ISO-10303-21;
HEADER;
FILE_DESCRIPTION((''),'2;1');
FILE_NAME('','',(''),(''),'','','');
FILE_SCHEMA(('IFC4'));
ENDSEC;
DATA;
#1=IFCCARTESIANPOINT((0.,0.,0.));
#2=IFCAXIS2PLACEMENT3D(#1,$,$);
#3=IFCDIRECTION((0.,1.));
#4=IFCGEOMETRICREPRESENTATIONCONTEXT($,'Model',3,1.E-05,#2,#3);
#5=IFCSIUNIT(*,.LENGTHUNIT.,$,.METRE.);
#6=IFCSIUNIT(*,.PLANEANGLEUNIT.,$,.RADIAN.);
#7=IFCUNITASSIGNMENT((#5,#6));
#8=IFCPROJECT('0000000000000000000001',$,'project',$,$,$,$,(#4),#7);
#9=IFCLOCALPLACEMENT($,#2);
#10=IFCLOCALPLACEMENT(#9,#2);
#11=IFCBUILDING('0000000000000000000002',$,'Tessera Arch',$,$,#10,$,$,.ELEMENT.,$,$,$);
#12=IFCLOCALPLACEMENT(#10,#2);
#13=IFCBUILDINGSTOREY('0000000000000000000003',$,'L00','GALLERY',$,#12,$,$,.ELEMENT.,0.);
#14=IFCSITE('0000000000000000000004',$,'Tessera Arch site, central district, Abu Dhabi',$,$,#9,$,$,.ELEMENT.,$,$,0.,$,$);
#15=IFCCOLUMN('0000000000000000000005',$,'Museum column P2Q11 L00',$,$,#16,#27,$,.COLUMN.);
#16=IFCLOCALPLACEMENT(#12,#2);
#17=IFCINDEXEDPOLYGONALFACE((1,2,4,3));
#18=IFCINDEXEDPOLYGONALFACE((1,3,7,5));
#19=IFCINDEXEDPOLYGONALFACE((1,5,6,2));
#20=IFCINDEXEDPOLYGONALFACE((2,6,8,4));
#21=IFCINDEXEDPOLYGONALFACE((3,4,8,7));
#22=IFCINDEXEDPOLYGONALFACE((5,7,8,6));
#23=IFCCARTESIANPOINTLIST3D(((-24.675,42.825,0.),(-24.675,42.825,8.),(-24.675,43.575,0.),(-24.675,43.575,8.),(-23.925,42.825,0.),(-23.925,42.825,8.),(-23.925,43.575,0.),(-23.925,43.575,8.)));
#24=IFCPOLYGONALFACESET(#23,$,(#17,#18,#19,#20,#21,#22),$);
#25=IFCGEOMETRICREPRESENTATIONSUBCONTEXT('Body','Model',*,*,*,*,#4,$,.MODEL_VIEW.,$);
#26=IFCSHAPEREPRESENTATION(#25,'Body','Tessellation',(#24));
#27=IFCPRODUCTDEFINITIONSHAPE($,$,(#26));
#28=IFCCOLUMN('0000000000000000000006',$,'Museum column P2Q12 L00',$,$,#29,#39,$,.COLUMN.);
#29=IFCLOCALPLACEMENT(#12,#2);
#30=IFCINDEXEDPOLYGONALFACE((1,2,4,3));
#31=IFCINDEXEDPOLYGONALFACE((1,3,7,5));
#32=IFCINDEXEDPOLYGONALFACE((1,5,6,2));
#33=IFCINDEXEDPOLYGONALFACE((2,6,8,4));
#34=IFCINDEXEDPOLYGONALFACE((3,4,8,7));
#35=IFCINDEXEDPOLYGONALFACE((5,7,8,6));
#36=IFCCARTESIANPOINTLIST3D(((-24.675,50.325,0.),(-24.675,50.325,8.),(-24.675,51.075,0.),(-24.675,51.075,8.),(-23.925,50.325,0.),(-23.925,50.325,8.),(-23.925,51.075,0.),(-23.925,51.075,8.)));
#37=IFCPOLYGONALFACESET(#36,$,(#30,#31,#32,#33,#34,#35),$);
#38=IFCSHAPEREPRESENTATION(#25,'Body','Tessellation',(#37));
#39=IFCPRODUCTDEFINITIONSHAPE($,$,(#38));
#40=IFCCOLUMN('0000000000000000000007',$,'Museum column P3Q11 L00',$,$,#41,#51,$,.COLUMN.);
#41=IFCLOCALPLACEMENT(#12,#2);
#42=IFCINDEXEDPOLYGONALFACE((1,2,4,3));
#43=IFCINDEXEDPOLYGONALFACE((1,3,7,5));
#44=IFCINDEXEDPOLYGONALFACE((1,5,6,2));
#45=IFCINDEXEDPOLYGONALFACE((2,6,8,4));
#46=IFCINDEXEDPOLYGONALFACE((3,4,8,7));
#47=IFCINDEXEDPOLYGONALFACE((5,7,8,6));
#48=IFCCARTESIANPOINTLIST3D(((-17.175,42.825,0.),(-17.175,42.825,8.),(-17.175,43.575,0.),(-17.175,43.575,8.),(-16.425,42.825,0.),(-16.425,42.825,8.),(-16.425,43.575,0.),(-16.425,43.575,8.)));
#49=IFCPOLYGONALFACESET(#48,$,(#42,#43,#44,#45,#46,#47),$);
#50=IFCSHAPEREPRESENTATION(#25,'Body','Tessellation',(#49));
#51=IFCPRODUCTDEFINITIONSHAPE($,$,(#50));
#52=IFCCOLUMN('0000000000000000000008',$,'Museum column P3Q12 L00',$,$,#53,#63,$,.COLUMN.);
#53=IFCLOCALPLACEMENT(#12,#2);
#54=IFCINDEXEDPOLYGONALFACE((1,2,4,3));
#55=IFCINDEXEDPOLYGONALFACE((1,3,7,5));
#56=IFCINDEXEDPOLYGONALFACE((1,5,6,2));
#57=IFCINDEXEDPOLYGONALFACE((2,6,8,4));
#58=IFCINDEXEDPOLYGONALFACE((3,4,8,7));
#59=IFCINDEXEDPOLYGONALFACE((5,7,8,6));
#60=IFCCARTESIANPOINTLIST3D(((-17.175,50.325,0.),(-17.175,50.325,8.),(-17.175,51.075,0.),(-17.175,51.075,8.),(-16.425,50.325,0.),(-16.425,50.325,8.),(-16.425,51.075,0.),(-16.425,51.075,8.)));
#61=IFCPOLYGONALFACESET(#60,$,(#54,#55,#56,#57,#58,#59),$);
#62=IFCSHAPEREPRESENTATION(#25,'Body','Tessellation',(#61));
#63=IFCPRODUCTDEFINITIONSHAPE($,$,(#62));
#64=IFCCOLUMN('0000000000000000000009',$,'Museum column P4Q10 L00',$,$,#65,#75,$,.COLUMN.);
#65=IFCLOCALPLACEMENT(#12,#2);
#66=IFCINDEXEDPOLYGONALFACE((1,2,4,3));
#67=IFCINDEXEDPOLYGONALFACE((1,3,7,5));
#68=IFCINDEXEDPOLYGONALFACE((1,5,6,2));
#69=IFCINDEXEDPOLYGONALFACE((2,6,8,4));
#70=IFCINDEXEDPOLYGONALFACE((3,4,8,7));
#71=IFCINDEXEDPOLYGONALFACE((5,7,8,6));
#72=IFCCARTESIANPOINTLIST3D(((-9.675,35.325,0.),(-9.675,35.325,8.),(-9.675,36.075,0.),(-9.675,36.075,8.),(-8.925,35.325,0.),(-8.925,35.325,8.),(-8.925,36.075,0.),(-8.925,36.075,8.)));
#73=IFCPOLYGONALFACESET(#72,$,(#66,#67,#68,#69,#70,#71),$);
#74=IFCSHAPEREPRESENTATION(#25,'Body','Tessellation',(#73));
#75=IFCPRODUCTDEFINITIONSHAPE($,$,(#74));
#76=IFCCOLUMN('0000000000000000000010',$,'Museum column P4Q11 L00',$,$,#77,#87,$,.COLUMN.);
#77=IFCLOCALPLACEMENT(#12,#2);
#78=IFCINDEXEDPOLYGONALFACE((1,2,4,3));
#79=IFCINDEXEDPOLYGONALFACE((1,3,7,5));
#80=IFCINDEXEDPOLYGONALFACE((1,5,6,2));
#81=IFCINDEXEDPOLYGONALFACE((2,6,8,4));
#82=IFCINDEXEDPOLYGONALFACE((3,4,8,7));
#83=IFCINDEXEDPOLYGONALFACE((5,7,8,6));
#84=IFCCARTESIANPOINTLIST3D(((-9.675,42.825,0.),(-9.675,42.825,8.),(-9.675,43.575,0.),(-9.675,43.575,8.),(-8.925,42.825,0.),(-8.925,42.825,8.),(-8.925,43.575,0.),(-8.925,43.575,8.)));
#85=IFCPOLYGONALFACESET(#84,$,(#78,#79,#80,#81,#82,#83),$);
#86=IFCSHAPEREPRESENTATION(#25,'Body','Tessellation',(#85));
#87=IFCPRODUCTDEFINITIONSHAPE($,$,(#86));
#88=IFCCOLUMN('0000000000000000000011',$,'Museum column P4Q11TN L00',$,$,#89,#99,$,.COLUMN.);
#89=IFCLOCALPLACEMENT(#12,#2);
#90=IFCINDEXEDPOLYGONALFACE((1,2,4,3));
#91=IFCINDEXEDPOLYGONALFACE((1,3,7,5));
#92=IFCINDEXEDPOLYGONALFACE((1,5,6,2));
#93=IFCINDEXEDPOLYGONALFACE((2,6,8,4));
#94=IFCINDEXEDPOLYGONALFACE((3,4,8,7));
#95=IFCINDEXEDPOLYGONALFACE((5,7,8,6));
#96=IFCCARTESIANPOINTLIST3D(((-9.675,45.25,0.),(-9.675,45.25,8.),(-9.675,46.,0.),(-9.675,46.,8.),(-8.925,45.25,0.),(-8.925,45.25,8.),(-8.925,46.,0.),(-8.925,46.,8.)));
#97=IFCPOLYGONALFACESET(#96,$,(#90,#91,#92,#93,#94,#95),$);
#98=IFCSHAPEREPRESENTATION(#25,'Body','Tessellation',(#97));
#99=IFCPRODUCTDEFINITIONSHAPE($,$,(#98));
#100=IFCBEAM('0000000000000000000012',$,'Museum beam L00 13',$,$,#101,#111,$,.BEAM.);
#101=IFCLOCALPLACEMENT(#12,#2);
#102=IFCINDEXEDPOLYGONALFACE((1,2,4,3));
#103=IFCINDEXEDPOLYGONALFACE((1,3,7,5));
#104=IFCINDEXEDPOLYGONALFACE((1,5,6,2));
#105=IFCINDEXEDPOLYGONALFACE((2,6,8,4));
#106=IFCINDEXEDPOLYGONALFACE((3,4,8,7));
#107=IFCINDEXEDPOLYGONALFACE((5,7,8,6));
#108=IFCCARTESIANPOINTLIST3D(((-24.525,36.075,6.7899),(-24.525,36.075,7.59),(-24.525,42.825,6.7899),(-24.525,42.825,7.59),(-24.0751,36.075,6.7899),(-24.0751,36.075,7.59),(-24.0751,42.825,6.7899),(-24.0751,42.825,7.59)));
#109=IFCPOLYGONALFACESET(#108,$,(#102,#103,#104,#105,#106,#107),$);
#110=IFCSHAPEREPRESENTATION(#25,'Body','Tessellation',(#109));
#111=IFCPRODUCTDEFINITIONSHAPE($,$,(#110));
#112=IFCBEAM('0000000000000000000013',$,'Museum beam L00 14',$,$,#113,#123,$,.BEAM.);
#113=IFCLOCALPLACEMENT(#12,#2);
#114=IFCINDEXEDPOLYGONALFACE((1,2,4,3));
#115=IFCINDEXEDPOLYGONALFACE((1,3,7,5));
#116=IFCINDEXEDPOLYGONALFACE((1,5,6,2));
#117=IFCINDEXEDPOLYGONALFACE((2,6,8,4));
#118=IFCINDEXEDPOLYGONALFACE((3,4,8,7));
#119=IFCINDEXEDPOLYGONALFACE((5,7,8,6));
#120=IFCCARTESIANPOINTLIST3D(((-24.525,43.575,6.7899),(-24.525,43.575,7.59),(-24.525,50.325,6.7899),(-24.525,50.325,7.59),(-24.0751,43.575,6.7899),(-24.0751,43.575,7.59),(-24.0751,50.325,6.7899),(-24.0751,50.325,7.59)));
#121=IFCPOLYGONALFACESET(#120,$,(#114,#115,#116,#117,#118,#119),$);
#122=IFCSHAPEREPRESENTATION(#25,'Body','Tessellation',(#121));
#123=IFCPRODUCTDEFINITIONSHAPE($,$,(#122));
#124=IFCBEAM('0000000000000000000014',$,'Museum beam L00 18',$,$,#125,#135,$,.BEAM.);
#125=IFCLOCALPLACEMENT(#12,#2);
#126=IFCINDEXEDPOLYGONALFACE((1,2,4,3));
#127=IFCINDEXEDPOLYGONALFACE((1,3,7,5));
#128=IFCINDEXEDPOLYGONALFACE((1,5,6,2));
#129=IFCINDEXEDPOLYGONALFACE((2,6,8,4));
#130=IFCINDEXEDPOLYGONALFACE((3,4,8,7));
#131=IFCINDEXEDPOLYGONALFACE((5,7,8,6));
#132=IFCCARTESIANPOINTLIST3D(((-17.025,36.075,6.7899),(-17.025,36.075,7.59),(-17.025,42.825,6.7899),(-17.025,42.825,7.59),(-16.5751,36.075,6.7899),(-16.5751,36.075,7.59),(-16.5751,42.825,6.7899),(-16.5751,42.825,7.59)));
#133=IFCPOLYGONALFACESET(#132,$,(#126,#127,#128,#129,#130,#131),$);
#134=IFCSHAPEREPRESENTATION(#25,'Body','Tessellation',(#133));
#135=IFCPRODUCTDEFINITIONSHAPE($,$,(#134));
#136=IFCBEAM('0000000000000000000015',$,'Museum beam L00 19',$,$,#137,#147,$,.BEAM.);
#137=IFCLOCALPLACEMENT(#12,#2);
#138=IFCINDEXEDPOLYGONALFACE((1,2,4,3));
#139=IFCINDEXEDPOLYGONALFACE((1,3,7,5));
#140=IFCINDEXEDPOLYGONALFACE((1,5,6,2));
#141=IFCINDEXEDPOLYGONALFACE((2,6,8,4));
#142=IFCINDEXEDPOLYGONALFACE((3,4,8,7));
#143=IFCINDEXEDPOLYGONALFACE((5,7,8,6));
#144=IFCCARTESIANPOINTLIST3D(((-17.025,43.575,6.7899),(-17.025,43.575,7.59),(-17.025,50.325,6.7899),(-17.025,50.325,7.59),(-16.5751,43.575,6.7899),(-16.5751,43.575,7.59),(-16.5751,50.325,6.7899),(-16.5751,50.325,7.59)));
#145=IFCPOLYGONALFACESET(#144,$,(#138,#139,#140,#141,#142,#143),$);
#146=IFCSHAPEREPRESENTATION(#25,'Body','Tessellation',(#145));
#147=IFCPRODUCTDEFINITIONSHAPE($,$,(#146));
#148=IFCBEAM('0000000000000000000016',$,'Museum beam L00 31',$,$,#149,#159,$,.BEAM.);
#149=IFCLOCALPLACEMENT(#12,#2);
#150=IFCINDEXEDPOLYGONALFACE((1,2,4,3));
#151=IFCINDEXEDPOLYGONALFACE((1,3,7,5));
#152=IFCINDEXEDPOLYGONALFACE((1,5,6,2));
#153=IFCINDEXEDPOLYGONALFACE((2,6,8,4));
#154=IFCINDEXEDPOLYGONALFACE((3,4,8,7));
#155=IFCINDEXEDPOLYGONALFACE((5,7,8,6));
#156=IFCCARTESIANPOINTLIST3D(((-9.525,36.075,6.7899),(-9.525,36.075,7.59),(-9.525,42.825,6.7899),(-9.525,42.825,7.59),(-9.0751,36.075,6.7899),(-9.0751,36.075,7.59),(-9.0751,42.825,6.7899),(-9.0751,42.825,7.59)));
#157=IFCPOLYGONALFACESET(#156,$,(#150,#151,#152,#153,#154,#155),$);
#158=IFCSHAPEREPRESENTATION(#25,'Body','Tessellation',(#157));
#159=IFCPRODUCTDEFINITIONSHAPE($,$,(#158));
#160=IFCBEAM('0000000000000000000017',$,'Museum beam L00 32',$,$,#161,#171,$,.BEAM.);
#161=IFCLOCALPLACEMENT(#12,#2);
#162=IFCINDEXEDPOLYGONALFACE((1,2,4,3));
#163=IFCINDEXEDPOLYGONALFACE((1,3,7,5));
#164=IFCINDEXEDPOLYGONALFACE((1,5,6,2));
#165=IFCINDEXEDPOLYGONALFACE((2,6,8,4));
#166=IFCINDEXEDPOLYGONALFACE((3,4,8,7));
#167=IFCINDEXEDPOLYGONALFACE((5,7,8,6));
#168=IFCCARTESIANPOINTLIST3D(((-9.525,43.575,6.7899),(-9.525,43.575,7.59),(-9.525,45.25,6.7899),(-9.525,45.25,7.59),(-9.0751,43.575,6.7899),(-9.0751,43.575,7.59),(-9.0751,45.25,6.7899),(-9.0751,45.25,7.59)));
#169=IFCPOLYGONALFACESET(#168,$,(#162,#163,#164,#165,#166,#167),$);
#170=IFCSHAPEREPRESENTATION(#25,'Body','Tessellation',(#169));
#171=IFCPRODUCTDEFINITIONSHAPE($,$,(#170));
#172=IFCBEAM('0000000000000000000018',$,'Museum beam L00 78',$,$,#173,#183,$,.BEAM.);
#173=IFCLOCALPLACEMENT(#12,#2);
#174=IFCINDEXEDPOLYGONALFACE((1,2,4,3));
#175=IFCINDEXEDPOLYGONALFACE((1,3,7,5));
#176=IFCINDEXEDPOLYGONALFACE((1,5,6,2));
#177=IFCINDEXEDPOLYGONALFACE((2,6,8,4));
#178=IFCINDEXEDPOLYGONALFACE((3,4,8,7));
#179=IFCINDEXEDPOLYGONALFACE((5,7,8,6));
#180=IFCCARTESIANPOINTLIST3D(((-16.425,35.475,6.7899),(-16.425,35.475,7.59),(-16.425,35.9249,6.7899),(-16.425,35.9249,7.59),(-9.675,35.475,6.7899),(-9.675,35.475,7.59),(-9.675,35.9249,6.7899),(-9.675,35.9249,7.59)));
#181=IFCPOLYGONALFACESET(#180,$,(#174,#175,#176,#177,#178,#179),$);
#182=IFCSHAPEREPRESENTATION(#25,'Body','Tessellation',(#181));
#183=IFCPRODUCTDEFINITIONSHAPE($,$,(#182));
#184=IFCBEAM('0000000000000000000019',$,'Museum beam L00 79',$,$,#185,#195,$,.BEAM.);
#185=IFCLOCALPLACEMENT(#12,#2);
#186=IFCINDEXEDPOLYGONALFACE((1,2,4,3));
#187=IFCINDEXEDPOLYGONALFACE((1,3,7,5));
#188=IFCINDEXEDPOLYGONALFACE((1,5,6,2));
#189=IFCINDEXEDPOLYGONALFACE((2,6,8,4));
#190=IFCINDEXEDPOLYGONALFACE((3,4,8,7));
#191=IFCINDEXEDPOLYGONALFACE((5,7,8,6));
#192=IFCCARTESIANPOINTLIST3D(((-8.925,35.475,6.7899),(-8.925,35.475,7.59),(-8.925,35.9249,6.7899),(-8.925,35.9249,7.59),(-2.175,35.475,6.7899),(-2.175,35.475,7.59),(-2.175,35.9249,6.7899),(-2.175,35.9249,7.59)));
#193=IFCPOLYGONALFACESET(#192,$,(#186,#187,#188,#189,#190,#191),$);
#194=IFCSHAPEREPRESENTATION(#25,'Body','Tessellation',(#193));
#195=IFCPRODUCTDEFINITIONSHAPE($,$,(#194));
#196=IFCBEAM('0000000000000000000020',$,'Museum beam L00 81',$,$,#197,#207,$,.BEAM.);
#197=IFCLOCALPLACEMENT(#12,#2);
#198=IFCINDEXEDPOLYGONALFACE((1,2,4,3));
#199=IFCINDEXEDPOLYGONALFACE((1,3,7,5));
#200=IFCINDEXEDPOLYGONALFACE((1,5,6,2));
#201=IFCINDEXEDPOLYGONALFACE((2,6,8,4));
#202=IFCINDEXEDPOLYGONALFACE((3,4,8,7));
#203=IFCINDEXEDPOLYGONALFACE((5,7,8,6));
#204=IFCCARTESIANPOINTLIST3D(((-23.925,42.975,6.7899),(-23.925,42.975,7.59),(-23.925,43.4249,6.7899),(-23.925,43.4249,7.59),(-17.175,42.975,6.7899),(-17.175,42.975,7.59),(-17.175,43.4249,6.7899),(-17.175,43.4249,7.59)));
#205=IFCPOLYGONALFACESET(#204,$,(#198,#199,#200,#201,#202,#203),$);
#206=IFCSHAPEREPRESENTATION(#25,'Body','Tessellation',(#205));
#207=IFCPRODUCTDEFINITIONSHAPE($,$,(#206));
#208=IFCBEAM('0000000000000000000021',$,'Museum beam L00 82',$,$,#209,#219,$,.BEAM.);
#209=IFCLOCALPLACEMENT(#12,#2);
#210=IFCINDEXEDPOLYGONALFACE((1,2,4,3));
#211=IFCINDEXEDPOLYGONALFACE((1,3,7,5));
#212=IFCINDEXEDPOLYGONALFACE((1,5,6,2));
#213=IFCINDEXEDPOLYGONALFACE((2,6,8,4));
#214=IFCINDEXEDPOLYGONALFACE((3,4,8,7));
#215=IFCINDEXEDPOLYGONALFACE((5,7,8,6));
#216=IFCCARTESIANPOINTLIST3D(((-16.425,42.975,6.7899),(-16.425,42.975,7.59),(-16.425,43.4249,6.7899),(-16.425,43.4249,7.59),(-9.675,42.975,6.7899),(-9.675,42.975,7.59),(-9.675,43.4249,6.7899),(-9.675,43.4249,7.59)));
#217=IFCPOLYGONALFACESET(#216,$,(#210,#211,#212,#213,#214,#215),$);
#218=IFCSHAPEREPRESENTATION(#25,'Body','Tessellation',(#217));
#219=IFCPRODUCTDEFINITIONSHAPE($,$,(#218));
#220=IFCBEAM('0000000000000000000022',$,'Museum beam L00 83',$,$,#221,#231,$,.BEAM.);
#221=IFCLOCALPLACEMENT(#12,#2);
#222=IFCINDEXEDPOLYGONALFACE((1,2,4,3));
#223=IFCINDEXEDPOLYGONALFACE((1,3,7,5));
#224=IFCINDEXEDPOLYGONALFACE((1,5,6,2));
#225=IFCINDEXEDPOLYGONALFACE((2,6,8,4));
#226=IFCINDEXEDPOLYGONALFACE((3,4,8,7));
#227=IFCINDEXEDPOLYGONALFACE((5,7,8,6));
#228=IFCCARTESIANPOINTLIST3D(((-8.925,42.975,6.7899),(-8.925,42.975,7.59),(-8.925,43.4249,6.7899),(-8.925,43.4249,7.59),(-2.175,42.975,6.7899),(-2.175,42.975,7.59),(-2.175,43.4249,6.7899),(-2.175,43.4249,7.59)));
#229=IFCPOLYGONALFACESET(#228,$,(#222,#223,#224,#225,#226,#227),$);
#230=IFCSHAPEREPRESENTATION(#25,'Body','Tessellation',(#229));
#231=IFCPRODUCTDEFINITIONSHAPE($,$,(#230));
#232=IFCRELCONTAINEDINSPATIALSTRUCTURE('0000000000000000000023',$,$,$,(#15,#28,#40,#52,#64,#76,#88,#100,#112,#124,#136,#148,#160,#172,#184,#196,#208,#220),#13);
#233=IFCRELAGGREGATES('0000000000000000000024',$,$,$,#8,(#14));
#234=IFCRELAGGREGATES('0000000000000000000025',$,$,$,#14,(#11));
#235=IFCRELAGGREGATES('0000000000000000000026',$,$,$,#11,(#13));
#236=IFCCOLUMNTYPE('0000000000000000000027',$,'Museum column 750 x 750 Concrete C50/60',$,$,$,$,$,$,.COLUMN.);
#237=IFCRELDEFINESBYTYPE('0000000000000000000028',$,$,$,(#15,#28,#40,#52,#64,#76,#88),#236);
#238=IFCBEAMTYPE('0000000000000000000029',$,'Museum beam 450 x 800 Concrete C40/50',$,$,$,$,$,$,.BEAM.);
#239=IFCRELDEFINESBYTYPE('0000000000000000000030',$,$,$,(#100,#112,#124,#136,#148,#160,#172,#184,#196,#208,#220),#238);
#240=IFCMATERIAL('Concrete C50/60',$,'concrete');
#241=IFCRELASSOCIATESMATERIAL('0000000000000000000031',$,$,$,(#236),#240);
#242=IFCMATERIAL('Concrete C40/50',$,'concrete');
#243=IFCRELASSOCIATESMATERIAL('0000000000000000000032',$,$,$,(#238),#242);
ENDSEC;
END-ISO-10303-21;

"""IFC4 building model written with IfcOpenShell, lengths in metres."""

from ifc_helpers import new_model, si_unit, direction, frame, origin, origin_2d, place, context, subcontext, project, spatial, rectangle, extrude, material, material_profile, profile_set, type_object, element, save


model = new_model("IFC4")

# Units and contexts
model_context = context("Model", 3, precision=1e-05, world=origin(), true_north=direction((0.0, 1.0)))
body_context = subcontext(model_context, "Body", "Model", "MODEL_VIEW")
ifc_project = project(units=[si_unit("LENGTHUNIT", "METRE"), si_unit("PLANEANGLEUNIT", "RADIAN")], contexts=[model_context])

# Site, building, storey
site_placement = place(None, origin())
site = spatial("IfcSite", under=ifc_project, at=site_placement, Name="Tessera Arch site, central district, Abu Dhabi", CompositionType="ELEMENT", RefElevation=0.0)
building_placement = place(site_placement, origin())
building = spatial("IfcBuilding", under=site, at=building_placement, Name="Tessera Arch", CompositionType="ELEMENT")
storey_placement = place(building_placement, origin())
storey = spatial("IfcBuildingStorey", under=building, at=storey_placement, Name="L00", Description="GALLERY", CompositionType="ELEMENT", Elevation=0.0)

# Columns
ifc_material_1 = material(Name="Concrete C50/60", Category="concrete")
ifc_material_profile_1 = material_profile(ifc_material_1, rectangle(XDim=0.75, YDim=0.75, at=origin_2d()), Name="Museum column 750 x 750 Concrete C50/60")
ifc_profile_set_1 = profile_set([ifc_material_profile_1], Name="Concrete C50/60")
column_type = type_object("IfcColumnType", Name="Museum column 750 x 750 Concrete C50/60", PredefinedType="COLUMN", material=ifc_profile_set_1)
for number, where, z_axis, x_axis, name in (
    (1, (-24.3, 43.2, 0.0), (0.0, 0.0, 1.0), (1.0, 0.0, 0.0), "Museum column P2Q11 L00"),
    (2, (-24.3, 50.7, 0.0), (0.0, 0.0, 1.0), (1.0, 0.0, 0.0), "Museum column P2Q12 L00"),
    (3, (-16.8, 43.2, 0.0), (0.0, 0.0, 1.0), (1.0, 0.0, 0.0), "Museum column P3Q11 L00"),
    (4, (-16.8, 50.7, 0.0), (0.0, 0.0, 1.0), (1.0, 0.0, 0.0), "Museum column P3Q12 L00"),
    (5, (-9.3, 35.7, 0.0), (0.0, 0.0, 1.0), (1.0, 0.0, 0.0), "Museum column P4Q10 L00"),
    (6, (-9.3, 43.2, 0.0), (0.0, 0.0, 1.0), (1.0, 0.0, 0.0), "Museum column P4Q11 L00"),
    (7, (-9.3, 45.625, 0.0), (0.0, 0.0, 1.0), (1.0, 0.0, 0.0), "Museum column P4Q11TN L00"),
):
    element("IfcColumn", number, at=place(storey_placement, frame(where, z_axis=z_axis, x_axis=x_axis)), inside=storey, type_object=column_type, Name=name, PredefinedType="COLUMN", context=body_context, shape_type="SweptSolid", body=[
        extrude(rectangle(XDim=0.75, YDim=0.75, at=origin_2d()), origin(), (0.0, 0.0, 1.0), 8.0),
    ])

# Beams
ifc_material_2 = material(Name="Concrete C40/50", Category="concrete")
ifc_material_profile_2 = material_profile(ifc_material_2, rectangle(XDim=0.45, YDim=0.8, at=origin_2d()), Name="Museum beam 450 x 800 Concrete C40/50")
ifc_profile_set_2 = profile_set([ifc_material_profile_2], Name="Concrete C40/50")
beam_type = type_object("IfcBeamType", Name="Museum beam 450 x 800 Concrete C40/50", PredefinedType="BEAM", material=ifc_profile_set_2)
for number, where, z_axis, x_axis, name in (
    (8, (-24.3, 36.075, 7.1899), (0.0, 1.0, 0.0), (-1.0, 0.0, 0.0), "Museum beam L00 13"),
    (9, (-24.3, 43.575, 7.1899), (0.0, 1.0, 0.0), (-1.0, 0.0, 0.0), "Museum beam L00 14"),
    (10, (-16.8, 36.075, 7.1899), (0.0, 1.0, 0.0), (-1.0, 0.0, 0.0), "Museum beam L00 18"),
    (11, (-16.8, 43.575, 7.1899), (0.0, 1.0, 0.0), (-1.0, 0.0, 0.0), "Museum beam L00 19"),
    (12, (-9.3, 36.075, 7.1899), (0.0, 1.0, 0.0), (-1.0, 0.0, 0.0), "Museum beam L00 31"),
):
    element("IfcBeam", number, at=place(storey_placement, frame(where, z_axis=z_axis, x_axis=x_axis)), inside=storey, type_object=beam_type, Name=name, PredefinedType="BEAM", context=body_context, shape_type="SweptSolid", body=[
        extrude(rectangle(XDim=0.45, YDim=0.8, at=origin_2d()), origin(), (0.0, 0.0, 1.0), 6.75),
    ])
beam_1_placement = place(storey_placement, frame((-9.3, 43.575, 7.1899), z_axis=(0.0, 1.0, 0.0), x_axis=(-1.0, 0.0, 0.0)))
element("IfcBeam", 13, at=beam_1_placement, inside=storey, type_object=beam_type, Name="Museum beam L00 32", PredefinedType="BEAM", context=body_context, shape_type="SweptSolid", body=[
    extrude(rectangle(XDim=0.45, YDim=0.8, at=origin_2d()), origin(), (0.0, 0.0, 1.0), 1.675),
])
for number, where, z_axis, x_axis, name in (
    (14, (-16.425, 35.7, 7.1899), (1.0, 0.0, 0.0), (0.0, 1.0, 0.0), "Museum beam L00 78"),
    (15, (-8.925, 35.7, 7.1899), (1.0, 0.0, 0.0), (0.0, 1.0, 0.0), "Museum beam L00 79"),
    (16, (-23.925, 43.2, 7.1899), (1.0, 0.0, 0.0), (0.0, 1.0, 0.0), "Museum beam L00 81"),
    (17, (-16.425, 43.2, 7.1899), (1.0, 0.0, 0.0), (0.0, 1.0, 0.0), "Museum beam L00 82"),
    (18, (-8.925, 43.2, 7.1899), (1.0, 0.0, 0.0), (0.0, 1.0, 0.0), "Museum beam L00 83"),
):
    element("IfcBeam", number, at=place(storey_placement, frame(where, z_axis=z_axis, x_axis=x_axis)), inside=storey, type_object=beam_type, Name=name, PredefinedType="BEAM", context=body_context, shape_type="SweptSolid", body=[
        extrude(rectangle(XDim=0.45, YDim=0.8, at=origin_2d()), origin(), (0.0, 0.0, 1.0), 6.75),
    ])

save(model, "model.ifc")
